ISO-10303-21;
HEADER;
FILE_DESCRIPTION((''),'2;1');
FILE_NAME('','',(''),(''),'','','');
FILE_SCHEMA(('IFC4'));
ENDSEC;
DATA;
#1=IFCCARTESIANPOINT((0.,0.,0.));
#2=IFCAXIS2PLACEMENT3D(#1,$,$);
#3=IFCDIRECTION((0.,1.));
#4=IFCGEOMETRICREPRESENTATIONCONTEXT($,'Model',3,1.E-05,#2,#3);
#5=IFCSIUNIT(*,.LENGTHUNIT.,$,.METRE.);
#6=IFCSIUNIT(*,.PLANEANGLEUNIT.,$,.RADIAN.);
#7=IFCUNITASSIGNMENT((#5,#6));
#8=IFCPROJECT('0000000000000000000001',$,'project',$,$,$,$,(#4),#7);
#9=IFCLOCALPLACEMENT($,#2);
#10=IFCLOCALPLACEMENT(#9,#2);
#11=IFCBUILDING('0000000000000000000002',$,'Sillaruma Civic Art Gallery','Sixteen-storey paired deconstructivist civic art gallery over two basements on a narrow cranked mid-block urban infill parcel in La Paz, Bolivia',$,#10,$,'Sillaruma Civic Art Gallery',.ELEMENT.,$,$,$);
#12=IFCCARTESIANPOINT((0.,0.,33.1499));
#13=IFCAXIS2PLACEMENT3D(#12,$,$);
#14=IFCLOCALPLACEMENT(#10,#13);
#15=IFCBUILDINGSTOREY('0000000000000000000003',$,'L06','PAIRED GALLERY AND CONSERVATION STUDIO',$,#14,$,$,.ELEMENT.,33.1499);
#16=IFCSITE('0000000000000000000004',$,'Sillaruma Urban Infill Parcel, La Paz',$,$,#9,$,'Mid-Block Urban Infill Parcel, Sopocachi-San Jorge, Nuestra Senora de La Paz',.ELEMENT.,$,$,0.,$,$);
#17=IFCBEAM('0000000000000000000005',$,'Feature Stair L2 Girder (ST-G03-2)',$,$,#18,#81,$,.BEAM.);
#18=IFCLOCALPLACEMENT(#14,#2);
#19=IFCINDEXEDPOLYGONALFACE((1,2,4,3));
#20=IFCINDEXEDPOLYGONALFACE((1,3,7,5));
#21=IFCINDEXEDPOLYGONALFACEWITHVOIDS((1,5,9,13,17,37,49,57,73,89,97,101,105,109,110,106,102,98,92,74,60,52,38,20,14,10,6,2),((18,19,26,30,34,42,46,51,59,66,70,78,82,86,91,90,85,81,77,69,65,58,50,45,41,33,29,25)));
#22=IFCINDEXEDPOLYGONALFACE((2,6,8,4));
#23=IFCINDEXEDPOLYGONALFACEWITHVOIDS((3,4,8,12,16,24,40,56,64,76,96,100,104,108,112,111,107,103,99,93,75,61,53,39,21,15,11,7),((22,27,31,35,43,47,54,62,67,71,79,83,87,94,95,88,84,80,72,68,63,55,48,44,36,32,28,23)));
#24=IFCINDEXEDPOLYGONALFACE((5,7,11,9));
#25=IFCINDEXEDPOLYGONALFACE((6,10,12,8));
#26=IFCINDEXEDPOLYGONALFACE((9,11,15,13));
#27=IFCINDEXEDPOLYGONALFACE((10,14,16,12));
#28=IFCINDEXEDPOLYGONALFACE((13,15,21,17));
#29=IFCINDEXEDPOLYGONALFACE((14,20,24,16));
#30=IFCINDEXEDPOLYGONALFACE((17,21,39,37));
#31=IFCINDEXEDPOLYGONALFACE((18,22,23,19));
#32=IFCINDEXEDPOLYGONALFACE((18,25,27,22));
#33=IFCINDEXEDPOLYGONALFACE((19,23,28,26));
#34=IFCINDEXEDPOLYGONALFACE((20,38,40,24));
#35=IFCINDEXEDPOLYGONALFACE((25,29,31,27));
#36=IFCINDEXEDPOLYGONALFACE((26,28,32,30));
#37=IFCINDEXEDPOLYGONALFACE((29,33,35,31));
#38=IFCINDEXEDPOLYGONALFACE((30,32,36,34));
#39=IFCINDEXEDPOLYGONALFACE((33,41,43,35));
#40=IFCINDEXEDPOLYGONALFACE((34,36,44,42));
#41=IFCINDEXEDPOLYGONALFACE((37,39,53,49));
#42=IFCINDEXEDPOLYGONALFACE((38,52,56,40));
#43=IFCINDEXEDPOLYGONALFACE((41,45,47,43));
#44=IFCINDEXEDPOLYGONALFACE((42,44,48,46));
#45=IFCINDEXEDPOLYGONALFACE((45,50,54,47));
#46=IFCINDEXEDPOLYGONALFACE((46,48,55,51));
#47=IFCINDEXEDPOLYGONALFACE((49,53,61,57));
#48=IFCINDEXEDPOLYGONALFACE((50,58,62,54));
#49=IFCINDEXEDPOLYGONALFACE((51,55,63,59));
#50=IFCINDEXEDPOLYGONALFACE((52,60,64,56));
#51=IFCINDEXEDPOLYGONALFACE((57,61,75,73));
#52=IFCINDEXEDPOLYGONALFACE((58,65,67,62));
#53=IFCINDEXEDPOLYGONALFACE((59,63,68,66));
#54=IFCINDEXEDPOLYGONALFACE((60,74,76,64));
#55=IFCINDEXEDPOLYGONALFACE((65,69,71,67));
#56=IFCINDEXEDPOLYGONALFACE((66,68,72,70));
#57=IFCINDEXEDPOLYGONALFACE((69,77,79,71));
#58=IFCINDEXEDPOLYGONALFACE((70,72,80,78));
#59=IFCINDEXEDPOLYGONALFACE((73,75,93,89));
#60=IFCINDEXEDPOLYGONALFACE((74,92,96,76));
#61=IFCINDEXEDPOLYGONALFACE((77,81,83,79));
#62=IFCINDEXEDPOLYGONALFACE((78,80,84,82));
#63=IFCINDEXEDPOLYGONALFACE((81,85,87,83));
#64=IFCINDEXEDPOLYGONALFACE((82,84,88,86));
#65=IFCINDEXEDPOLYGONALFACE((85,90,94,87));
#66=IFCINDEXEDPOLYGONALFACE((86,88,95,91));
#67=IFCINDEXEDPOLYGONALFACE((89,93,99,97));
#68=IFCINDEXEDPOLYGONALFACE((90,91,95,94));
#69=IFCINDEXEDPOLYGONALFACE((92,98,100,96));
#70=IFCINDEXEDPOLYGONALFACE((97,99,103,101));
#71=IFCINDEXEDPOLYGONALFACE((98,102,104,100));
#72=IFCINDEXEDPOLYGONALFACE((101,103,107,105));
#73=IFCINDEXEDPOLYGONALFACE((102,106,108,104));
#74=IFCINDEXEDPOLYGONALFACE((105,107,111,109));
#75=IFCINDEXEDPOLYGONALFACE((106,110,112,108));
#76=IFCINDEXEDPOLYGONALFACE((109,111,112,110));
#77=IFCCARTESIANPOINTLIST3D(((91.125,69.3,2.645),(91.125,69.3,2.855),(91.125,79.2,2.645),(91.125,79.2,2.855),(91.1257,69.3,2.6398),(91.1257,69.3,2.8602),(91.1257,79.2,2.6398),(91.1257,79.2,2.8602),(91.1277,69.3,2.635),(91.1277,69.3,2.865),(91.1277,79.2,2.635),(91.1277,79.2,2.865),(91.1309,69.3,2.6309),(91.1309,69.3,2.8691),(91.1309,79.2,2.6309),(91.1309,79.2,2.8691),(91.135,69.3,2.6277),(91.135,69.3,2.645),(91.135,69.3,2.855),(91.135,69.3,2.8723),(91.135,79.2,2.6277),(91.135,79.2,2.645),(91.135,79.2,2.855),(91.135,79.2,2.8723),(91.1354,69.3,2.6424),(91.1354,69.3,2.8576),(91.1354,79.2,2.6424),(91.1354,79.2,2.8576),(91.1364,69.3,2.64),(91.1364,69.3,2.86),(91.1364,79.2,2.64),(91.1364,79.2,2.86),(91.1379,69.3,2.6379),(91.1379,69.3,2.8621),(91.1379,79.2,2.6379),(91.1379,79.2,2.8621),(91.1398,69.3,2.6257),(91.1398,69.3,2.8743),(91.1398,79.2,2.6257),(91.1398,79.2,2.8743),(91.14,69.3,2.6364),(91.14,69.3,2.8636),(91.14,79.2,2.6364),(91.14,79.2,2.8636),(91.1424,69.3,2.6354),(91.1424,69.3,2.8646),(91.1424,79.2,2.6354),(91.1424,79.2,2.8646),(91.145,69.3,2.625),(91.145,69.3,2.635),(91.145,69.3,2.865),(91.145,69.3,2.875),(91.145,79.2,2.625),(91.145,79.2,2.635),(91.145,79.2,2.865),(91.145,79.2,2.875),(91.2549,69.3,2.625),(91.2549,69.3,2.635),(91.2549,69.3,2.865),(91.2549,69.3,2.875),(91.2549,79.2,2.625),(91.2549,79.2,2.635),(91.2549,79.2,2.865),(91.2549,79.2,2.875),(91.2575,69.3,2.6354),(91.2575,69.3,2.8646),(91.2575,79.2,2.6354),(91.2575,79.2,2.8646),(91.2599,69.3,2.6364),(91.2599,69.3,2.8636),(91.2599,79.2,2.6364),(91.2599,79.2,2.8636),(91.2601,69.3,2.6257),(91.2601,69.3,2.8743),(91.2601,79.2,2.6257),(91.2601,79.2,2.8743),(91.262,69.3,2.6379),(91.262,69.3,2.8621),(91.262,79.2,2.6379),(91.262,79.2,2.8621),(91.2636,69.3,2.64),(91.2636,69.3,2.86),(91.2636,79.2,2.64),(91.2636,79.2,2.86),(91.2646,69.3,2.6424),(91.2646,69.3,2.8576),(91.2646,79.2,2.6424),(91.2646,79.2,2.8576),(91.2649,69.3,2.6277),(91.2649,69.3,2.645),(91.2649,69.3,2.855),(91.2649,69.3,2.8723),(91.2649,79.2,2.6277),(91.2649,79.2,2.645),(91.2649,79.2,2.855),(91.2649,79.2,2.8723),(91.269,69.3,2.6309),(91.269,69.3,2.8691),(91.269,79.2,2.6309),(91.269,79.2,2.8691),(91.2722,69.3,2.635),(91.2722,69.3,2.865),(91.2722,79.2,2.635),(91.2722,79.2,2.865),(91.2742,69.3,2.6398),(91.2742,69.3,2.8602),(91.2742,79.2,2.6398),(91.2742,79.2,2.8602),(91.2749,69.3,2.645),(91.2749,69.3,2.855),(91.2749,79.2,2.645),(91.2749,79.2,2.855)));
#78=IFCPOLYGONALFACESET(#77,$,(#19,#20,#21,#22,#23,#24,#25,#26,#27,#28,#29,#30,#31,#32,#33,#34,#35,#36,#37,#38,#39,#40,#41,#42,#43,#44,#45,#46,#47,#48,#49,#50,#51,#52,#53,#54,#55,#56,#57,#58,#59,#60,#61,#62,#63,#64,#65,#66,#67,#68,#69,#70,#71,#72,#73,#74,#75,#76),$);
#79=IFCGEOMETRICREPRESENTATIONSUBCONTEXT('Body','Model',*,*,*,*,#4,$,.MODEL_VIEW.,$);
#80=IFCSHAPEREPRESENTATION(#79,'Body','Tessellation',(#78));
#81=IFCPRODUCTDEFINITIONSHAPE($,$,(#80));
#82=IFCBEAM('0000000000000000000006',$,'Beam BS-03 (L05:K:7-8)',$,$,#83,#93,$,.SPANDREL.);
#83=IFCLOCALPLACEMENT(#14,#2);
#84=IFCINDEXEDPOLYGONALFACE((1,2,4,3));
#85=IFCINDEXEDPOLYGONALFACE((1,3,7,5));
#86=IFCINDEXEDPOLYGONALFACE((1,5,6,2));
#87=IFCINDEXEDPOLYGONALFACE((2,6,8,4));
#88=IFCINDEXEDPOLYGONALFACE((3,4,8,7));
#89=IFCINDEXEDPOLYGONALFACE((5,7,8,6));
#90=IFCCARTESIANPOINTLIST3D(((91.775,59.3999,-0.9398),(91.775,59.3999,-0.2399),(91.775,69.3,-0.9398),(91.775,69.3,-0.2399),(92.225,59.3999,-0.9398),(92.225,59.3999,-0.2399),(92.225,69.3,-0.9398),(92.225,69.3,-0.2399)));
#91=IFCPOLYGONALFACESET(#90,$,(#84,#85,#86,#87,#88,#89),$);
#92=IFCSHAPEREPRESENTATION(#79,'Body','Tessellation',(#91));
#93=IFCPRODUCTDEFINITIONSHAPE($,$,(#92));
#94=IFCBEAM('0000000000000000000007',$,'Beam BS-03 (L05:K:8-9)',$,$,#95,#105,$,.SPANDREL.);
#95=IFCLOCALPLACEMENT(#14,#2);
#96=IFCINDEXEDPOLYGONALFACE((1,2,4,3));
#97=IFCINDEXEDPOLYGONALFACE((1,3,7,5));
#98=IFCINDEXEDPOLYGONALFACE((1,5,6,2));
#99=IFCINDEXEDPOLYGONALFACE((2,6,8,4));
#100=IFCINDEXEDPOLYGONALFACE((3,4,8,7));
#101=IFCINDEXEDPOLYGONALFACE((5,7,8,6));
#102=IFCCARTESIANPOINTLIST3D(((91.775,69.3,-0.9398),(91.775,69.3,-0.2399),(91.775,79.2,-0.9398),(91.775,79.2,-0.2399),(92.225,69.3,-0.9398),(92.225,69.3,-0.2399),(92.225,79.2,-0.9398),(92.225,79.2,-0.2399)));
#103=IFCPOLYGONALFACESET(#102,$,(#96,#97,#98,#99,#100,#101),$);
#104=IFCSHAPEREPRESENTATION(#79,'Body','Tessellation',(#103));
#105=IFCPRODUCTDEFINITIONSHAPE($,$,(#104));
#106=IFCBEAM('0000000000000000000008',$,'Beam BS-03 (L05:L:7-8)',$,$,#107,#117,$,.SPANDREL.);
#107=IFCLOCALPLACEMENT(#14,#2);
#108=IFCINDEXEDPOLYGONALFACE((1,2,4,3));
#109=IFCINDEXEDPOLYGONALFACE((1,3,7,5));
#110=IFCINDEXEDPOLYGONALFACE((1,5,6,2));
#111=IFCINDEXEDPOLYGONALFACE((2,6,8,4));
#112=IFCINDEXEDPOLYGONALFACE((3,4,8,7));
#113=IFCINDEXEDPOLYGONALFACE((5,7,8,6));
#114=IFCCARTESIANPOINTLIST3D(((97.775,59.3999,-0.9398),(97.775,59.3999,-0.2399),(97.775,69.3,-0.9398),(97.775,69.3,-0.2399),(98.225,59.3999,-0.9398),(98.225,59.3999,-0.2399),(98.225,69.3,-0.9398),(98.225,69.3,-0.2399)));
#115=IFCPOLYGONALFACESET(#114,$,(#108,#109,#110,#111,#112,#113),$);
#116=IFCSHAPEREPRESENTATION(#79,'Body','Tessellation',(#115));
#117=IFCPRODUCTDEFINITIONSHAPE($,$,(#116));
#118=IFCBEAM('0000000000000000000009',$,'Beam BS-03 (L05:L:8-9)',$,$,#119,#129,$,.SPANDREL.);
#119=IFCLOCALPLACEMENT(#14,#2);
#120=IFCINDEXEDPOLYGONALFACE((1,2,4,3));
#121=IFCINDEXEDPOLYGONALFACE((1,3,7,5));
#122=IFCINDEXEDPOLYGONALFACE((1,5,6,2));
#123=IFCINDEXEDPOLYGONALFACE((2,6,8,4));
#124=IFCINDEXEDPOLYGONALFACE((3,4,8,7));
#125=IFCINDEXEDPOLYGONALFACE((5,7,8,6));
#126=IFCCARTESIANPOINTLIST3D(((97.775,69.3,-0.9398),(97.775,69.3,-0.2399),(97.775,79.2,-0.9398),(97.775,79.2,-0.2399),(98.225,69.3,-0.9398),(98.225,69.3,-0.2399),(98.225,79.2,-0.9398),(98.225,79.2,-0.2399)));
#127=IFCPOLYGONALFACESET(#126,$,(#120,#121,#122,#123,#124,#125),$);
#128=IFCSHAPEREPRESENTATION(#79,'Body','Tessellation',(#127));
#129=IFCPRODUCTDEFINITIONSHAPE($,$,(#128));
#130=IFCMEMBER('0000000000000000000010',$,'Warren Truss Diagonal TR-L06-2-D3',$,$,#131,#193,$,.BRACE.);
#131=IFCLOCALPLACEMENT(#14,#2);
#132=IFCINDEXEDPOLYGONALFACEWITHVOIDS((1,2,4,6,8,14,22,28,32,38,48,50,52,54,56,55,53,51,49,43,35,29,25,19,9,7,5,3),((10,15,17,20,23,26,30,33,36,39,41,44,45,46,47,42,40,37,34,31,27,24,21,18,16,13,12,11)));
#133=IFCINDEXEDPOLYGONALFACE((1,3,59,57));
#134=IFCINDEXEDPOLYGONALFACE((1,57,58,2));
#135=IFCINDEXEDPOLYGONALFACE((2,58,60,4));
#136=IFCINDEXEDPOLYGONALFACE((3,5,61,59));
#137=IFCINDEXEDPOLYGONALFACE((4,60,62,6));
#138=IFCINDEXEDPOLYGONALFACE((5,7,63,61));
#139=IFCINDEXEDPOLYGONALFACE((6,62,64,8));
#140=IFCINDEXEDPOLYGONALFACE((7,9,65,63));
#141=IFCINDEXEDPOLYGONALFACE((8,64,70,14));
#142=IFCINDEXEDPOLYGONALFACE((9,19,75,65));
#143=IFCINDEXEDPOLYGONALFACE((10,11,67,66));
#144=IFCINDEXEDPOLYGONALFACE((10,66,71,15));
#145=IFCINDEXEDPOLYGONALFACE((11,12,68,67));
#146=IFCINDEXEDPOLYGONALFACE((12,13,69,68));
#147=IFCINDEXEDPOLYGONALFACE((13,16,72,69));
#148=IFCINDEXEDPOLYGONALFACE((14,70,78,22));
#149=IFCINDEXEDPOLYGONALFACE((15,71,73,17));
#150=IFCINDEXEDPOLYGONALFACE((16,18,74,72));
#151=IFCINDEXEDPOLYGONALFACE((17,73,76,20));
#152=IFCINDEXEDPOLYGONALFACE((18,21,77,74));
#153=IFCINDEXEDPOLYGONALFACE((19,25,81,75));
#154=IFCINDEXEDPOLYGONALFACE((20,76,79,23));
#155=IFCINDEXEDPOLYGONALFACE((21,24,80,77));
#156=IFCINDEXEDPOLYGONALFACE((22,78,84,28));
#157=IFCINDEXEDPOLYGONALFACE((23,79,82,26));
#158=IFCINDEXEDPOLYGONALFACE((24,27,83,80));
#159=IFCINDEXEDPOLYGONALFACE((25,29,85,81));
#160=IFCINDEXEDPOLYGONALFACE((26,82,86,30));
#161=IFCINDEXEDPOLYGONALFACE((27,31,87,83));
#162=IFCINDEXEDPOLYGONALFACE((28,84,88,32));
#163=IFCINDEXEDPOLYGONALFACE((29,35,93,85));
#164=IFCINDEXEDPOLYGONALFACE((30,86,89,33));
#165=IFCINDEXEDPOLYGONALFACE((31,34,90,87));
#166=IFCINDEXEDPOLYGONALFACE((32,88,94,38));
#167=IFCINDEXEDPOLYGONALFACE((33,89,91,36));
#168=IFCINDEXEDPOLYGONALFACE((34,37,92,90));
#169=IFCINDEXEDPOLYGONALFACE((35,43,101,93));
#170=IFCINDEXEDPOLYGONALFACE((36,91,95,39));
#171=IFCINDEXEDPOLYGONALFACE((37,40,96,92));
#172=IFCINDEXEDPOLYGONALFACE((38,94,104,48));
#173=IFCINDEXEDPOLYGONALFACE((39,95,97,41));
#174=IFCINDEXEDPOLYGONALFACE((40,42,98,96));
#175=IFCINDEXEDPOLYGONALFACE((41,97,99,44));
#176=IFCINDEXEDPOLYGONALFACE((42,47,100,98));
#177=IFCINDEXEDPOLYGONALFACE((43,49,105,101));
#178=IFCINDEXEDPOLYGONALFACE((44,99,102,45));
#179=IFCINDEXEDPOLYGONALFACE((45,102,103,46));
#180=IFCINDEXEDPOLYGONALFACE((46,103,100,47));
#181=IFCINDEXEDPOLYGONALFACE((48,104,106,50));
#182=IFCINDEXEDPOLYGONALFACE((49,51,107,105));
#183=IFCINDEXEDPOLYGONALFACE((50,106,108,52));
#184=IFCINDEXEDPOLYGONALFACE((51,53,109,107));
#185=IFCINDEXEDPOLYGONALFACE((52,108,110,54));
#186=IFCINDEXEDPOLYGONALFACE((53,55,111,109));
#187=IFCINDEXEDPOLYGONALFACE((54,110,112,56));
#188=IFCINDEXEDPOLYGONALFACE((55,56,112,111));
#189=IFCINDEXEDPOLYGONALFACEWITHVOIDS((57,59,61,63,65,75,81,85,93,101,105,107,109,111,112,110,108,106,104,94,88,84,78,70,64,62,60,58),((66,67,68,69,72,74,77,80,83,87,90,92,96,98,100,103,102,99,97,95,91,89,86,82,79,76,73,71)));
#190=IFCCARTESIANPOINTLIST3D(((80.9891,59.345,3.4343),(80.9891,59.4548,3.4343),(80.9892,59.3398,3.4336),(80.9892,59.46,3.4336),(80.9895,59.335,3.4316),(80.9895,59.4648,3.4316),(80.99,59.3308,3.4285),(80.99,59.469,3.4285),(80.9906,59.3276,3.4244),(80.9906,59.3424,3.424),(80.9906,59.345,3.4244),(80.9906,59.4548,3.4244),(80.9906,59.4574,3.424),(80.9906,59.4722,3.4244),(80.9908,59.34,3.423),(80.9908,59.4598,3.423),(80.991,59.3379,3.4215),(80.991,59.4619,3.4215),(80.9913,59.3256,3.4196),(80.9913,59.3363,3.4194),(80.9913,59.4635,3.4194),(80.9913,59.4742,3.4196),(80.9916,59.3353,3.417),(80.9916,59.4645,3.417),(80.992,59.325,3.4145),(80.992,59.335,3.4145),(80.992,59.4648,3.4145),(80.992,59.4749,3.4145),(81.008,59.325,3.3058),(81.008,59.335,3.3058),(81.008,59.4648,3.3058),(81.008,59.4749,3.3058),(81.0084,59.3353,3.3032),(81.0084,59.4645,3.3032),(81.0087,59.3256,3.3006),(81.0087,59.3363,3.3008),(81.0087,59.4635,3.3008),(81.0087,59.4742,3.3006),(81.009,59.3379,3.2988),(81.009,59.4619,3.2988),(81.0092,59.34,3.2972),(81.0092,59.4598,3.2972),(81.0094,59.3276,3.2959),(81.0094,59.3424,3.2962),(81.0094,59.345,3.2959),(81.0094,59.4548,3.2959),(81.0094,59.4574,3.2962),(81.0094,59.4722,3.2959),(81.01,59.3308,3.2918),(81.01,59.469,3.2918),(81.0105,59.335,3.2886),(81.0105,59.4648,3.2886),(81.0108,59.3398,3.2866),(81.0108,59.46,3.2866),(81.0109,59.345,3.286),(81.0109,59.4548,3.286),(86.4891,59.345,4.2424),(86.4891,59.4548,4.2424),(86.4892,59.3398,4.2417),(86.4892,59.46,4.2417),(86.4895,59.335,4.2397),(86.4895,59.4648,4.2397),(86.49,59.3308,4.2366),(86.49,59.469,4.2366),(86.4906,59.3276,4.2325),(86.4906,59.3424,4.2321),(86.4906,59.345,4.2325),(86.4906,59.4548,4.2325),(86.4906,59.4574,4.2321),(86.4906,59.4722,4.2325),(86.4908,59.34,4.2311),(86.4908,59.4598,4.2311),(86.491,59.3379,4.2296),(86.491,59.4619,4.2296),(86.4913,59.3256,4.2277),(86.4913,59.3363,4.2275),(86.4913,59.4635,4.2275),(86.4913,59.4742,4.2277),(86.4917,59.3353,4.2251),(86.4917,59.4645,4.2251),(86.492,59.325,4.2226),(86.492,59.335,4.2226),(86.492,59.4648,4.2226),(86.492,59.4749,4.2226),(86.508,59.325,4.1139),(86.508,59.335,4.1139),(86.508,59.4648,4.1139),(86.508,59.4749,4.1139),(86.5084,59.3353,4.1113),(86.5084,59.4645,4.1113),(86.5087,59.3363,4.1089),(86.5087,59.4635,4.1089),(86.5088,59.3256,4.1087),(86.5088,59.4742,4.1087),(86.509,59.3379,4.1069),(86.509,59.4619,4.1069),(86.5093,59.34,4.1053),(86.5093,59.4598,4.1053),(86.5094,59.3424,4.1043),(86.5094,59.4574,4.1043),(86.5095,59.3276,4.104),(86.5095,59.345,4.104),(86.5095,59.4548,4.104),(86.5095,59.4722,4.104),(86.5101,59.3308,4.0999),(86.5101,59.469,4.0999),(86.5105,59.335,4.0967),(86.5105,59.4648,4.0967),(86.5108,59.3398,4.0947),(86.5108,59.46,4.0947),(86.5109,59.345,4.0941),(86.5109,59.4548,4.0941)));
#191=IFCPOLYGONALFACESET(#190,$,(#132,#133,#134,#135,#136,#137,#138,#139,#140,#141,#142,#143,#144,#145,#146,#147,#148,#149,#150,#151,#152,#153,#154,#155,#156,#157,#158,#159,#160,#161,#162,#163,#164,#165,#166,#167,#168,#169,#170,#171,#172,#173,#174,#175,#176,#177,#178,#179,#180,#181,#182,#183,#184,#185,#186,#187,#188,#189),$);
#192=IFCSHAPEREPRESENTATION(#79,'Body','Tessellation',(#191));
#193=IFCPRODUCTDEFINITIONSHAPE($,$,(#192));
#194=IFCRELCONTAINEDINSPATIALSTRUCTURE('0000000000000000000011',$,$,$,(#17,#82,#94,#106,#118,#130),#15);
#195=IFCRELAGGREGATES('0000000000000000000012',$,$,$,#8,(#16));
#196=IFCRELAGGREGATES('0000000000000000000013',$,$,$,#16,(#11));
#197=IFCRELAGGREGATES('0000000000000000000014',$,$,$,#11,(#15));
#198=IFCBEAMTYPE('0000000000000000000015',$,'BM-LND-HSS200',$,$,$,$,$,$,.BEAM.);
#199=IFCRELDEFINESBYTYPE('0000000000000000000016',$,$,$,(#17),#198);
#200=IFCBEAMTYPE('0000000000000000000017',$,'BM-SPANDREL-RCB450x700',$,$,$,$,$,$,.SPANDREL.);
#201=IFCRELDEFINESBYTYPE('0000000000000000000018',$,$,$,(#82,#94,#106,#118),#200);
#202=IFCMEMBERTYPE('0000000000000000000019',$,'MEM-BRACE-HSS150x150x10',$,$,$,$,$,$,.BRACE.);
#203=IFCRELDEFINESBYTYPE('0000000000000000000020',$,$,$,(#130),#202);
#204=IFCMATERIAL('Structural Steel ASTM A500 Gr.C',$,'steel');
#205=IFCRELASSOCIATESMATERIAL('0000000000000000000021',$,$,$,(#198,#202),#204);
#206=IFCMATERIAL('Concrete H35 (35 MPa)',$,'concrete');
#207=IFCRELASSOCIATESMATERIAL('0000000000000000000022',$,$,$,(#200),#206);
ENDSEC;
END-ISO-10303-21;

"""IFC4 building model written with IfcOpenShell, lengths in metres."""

from ifc_helpers import new_model, si_unit, direction, frame, origin, origin_2d, place, context, subcontext, project, spatial, rectangle, hollow_rectangle, extrude, material, material_profile, profile_set, type_object, element, save


model = new_model("IFC4")

# Units and contexts
model_context = context("Model", 3, precision=1e-05, world=origin(), true_north=direction((0.0, 1.0)))
body_context = subcontext(model_context, "Body", "Model", "MODEL_VIEW")
ifc_project = project(units=[si_unit("LENGTHUNIT", "METRE"), si_unit("PLANEANGLEUNIT", "RADIAN")], contexts=[model_context])

# Site, building, storey
site_placement = place(None, origin())
site = spatial("IfcSite", under=ifc_project, at=site_placement, Name="Sillaruma Urban Infill Parcel, La Paz", LongName="Mid-Block Urban Infill Parcel, Sopocachi-San Jorge, Nuestra Senora de La Paz", CompositionType="ELEMENT", RefElevation=0.0)
building_placement = place(site_placement, origin())
building = spatial("IfcBuilding", under=site, at=building_placement, Name="Sillaruma Civic Art Gallery", Description="Sixteen-storey paired deconstructivist civic art gallery over two basements on a narrow cranked mid-block urban infill parcel in La Paz, Bolivia", LongName="Sillaruma Civic Art Gallery", CompositionType="ELEMENT")
storey_placement = place(building_placement, frame((0.0, 0.0, 33.1499)))
storey = spatial("IfcBuildingStorey", under=building, at=storey_placement, Name="L06", Description="PAIRED GALLERY AND CONSERVATION STUDIO", CompositionType="ELEMENT", Elevation=33.1499)

# Beams
ifc_material_1 = material(Name="Concrete H35 (35 MPa)", Category="concrete")
ifc_material_2 = material(Name="Structural Steel ASTM A500 Gr.C", Category="steel")
ifc_material_profile_1 = material_profile(ifc_material_2, hollow_rectangle(XDim=0.1499, YDim=0.25, WallThickness=0.01, InnerFilletRadius=0.01, OuterFilletRadius=0.02, at=origin_2d()), Name="HSS250x150x10")
ifc_profile_set_1 = profile_set([ifc_material_profile_1], Name="Structural Steel ASTM A500 Gr.C")
beam_type_1 = type_object("IfcBeamType", Name="BM-LND-HSS200", PredefinedType="BEAM", material=ifc_profile_set_1)
for number, where, z_axis, x_axis, name in (
    (1, (91.2, 69.3, 2.75), (0.0, 1.0, 0.0), (-1.0, 0.0, 0.0), "Feature Stair L2 Girder (ST-G03-2)"),
):
    element("IfcBeam", number, at=place(storey_placement, frame(where, z_axis=z_axis, x_axis=x_axis)), inside=storey, type_object=beam_type_1, Name=name, PredefinedType="BEAM", context=body_context, shape_type="SweptSolid", body=[
        extrude(hollow_rectangle(XDim=0.1499, YDim=0.25, WallThickness=0.01, InnerFilletRadius=0.01, OuterFilletRadius=0.02, at=origin_2d()), origin(), (0.0, 0.0, 1.0), 9.8999),
    ])
ifc_material_profile_2 = material_profile(ifc_material_1, rectangle(XDim=0.45, YDim=0.7, at=origin_2d()), Name="RCB450x700")
ifc_profile_set_2 = profile_set([ifc_material_profile_2], Name="Concrete H35 (35 MPa)")
beam_type_2 = type_object("IfcBeamType", Name="BM-SPANDREL-RCB450x700", PredefinedType="SPANDREL", material=ifc_profile_set_2)
beam_1_placement = place(storey_placement, frame((92.0, 59.3999, -0.5898), z_axis=(0.0, 1.0, 0.0), x_axis=(-1.0, 0.0, 0.0)))
element("IfcBeam", 2, at=beam_1_placement, inside=storey, type_object=beam_type_2, Name="Beam BS-03 (L05:K:7-8)", PredefinedType="SPANDREL", context=body_context, shape_type="SweptSolid", body=[
    extrude(rectangle(XDim=0.45, YDim=0.7, at=origin_2d()), origin(), (0.0, 0.0, 1.0), 9.9001),
])
beam_2_placement = place(storey_placement, frame((92.0, 69.3, -0.5898), z_axis=(0.0, 1.0, 0.0), x_axis=(-1.0, 0.0, 0.0)))
element("IfcBeam", 3, at=beam_2_placement, inside=storey, type_object=beam_type_2, Name="Beam BS-03 (L05:K:8-9)", PredefinedType="SPANDREL", context=body_context, shape_type="SweptSolid", body=[
    extrude(rectangle(XDim=0.45, YDim=0.7, at=origin_2d()), origin(), (0.0, 0.0, 1.0), 9.8999),
])
beam_3_placement = place(storey_placement, frame((98.0, 59.3999, -0.5898), z_axis=(0.0, 1.0, 0.0), x_axis=(-1.0, 0.0, 0.0)))
element("IfcBeam", 4, at=beam_3_placement, inside=storey, type_object=beam_type_2, Name="Beam BS-03 (L05:L:7-8)", PredefinedType="SPANDREL", context=body_context, shape_type="SweptSolid", body=[
    extrude(rectangle(XDim=0.45, YDim=0.7, at=origin_2d()), origin(), (0.0, 0.0, 1.0), 9.9001),
])
beam_4_placement = place(storey_placement, frame((98.0, 69.3, -0.5898), z_axis=(0.0, 1.0, 0.0), x_axis=(-1.0, 0.0, 0.0)))
element("IfcBeam", 5, at=beam_4_placement, inside=storey, type_object=beam_type_2, Name="Beam BS-03 (L05:L:8-9)", PredefinedType="SPANDREL", context=body_context, shape_type="SweptSolid", body=[
    extrude(rectangle(XDim=0.45, YDim=0.7, at=origin_2d()), origin(), (0.0, 0.0, 1.0), 9.8999),
])

# Member
ifc_material_profile_3 = material_profile(ifc_material_2, hollow_rectangle(XDim=0.1499, YDim=0.1499, WallThickness=0.01, InnerFilletRadius=0.01, OuterFilletRadius=0.02, at=origin_2d()), Name="HSS150x150x10")
ifc_profile_set_3 = profile_set([ifc_material_profile_3], Name="Structural Steel ASTM A500 Gr.C")
member_type_1 = type_object("IfcMemberType", Name="MEM-BRACE-HSS150x150x10", PredefinedType="BRACE", material=ifc_profile_set_3)
for number, where, z_axis, x_axis, name in (
    (6, (81.0, 59.3999, 3.3601), (0.989378, 0.0, 0.145368), (0.0, 1.0, 0.0), "Warren Truss Diagonal TR-L06-2-D3"),
):
    element("IfcMember", number, at=place(storey_placement, frame(where, z_axis=z_axis, x_axis=x_axis)), inside=storey, type_object=member_type_1, Name=name, PredefinedType="BRACE", context=body_context, shape_type="SweptSolid", body=[
        extrude(hollow_rectangle(XDim=0.1499, YDim=0.1499, WallThickness=0.01, InnerFilletRadius=0.01, OuterFilletRadius=0.02, at=origin_2d()), origin(), (0.0, 0.0, 1.0), 5.5591),
    ])

save(model, "model.ifc")
